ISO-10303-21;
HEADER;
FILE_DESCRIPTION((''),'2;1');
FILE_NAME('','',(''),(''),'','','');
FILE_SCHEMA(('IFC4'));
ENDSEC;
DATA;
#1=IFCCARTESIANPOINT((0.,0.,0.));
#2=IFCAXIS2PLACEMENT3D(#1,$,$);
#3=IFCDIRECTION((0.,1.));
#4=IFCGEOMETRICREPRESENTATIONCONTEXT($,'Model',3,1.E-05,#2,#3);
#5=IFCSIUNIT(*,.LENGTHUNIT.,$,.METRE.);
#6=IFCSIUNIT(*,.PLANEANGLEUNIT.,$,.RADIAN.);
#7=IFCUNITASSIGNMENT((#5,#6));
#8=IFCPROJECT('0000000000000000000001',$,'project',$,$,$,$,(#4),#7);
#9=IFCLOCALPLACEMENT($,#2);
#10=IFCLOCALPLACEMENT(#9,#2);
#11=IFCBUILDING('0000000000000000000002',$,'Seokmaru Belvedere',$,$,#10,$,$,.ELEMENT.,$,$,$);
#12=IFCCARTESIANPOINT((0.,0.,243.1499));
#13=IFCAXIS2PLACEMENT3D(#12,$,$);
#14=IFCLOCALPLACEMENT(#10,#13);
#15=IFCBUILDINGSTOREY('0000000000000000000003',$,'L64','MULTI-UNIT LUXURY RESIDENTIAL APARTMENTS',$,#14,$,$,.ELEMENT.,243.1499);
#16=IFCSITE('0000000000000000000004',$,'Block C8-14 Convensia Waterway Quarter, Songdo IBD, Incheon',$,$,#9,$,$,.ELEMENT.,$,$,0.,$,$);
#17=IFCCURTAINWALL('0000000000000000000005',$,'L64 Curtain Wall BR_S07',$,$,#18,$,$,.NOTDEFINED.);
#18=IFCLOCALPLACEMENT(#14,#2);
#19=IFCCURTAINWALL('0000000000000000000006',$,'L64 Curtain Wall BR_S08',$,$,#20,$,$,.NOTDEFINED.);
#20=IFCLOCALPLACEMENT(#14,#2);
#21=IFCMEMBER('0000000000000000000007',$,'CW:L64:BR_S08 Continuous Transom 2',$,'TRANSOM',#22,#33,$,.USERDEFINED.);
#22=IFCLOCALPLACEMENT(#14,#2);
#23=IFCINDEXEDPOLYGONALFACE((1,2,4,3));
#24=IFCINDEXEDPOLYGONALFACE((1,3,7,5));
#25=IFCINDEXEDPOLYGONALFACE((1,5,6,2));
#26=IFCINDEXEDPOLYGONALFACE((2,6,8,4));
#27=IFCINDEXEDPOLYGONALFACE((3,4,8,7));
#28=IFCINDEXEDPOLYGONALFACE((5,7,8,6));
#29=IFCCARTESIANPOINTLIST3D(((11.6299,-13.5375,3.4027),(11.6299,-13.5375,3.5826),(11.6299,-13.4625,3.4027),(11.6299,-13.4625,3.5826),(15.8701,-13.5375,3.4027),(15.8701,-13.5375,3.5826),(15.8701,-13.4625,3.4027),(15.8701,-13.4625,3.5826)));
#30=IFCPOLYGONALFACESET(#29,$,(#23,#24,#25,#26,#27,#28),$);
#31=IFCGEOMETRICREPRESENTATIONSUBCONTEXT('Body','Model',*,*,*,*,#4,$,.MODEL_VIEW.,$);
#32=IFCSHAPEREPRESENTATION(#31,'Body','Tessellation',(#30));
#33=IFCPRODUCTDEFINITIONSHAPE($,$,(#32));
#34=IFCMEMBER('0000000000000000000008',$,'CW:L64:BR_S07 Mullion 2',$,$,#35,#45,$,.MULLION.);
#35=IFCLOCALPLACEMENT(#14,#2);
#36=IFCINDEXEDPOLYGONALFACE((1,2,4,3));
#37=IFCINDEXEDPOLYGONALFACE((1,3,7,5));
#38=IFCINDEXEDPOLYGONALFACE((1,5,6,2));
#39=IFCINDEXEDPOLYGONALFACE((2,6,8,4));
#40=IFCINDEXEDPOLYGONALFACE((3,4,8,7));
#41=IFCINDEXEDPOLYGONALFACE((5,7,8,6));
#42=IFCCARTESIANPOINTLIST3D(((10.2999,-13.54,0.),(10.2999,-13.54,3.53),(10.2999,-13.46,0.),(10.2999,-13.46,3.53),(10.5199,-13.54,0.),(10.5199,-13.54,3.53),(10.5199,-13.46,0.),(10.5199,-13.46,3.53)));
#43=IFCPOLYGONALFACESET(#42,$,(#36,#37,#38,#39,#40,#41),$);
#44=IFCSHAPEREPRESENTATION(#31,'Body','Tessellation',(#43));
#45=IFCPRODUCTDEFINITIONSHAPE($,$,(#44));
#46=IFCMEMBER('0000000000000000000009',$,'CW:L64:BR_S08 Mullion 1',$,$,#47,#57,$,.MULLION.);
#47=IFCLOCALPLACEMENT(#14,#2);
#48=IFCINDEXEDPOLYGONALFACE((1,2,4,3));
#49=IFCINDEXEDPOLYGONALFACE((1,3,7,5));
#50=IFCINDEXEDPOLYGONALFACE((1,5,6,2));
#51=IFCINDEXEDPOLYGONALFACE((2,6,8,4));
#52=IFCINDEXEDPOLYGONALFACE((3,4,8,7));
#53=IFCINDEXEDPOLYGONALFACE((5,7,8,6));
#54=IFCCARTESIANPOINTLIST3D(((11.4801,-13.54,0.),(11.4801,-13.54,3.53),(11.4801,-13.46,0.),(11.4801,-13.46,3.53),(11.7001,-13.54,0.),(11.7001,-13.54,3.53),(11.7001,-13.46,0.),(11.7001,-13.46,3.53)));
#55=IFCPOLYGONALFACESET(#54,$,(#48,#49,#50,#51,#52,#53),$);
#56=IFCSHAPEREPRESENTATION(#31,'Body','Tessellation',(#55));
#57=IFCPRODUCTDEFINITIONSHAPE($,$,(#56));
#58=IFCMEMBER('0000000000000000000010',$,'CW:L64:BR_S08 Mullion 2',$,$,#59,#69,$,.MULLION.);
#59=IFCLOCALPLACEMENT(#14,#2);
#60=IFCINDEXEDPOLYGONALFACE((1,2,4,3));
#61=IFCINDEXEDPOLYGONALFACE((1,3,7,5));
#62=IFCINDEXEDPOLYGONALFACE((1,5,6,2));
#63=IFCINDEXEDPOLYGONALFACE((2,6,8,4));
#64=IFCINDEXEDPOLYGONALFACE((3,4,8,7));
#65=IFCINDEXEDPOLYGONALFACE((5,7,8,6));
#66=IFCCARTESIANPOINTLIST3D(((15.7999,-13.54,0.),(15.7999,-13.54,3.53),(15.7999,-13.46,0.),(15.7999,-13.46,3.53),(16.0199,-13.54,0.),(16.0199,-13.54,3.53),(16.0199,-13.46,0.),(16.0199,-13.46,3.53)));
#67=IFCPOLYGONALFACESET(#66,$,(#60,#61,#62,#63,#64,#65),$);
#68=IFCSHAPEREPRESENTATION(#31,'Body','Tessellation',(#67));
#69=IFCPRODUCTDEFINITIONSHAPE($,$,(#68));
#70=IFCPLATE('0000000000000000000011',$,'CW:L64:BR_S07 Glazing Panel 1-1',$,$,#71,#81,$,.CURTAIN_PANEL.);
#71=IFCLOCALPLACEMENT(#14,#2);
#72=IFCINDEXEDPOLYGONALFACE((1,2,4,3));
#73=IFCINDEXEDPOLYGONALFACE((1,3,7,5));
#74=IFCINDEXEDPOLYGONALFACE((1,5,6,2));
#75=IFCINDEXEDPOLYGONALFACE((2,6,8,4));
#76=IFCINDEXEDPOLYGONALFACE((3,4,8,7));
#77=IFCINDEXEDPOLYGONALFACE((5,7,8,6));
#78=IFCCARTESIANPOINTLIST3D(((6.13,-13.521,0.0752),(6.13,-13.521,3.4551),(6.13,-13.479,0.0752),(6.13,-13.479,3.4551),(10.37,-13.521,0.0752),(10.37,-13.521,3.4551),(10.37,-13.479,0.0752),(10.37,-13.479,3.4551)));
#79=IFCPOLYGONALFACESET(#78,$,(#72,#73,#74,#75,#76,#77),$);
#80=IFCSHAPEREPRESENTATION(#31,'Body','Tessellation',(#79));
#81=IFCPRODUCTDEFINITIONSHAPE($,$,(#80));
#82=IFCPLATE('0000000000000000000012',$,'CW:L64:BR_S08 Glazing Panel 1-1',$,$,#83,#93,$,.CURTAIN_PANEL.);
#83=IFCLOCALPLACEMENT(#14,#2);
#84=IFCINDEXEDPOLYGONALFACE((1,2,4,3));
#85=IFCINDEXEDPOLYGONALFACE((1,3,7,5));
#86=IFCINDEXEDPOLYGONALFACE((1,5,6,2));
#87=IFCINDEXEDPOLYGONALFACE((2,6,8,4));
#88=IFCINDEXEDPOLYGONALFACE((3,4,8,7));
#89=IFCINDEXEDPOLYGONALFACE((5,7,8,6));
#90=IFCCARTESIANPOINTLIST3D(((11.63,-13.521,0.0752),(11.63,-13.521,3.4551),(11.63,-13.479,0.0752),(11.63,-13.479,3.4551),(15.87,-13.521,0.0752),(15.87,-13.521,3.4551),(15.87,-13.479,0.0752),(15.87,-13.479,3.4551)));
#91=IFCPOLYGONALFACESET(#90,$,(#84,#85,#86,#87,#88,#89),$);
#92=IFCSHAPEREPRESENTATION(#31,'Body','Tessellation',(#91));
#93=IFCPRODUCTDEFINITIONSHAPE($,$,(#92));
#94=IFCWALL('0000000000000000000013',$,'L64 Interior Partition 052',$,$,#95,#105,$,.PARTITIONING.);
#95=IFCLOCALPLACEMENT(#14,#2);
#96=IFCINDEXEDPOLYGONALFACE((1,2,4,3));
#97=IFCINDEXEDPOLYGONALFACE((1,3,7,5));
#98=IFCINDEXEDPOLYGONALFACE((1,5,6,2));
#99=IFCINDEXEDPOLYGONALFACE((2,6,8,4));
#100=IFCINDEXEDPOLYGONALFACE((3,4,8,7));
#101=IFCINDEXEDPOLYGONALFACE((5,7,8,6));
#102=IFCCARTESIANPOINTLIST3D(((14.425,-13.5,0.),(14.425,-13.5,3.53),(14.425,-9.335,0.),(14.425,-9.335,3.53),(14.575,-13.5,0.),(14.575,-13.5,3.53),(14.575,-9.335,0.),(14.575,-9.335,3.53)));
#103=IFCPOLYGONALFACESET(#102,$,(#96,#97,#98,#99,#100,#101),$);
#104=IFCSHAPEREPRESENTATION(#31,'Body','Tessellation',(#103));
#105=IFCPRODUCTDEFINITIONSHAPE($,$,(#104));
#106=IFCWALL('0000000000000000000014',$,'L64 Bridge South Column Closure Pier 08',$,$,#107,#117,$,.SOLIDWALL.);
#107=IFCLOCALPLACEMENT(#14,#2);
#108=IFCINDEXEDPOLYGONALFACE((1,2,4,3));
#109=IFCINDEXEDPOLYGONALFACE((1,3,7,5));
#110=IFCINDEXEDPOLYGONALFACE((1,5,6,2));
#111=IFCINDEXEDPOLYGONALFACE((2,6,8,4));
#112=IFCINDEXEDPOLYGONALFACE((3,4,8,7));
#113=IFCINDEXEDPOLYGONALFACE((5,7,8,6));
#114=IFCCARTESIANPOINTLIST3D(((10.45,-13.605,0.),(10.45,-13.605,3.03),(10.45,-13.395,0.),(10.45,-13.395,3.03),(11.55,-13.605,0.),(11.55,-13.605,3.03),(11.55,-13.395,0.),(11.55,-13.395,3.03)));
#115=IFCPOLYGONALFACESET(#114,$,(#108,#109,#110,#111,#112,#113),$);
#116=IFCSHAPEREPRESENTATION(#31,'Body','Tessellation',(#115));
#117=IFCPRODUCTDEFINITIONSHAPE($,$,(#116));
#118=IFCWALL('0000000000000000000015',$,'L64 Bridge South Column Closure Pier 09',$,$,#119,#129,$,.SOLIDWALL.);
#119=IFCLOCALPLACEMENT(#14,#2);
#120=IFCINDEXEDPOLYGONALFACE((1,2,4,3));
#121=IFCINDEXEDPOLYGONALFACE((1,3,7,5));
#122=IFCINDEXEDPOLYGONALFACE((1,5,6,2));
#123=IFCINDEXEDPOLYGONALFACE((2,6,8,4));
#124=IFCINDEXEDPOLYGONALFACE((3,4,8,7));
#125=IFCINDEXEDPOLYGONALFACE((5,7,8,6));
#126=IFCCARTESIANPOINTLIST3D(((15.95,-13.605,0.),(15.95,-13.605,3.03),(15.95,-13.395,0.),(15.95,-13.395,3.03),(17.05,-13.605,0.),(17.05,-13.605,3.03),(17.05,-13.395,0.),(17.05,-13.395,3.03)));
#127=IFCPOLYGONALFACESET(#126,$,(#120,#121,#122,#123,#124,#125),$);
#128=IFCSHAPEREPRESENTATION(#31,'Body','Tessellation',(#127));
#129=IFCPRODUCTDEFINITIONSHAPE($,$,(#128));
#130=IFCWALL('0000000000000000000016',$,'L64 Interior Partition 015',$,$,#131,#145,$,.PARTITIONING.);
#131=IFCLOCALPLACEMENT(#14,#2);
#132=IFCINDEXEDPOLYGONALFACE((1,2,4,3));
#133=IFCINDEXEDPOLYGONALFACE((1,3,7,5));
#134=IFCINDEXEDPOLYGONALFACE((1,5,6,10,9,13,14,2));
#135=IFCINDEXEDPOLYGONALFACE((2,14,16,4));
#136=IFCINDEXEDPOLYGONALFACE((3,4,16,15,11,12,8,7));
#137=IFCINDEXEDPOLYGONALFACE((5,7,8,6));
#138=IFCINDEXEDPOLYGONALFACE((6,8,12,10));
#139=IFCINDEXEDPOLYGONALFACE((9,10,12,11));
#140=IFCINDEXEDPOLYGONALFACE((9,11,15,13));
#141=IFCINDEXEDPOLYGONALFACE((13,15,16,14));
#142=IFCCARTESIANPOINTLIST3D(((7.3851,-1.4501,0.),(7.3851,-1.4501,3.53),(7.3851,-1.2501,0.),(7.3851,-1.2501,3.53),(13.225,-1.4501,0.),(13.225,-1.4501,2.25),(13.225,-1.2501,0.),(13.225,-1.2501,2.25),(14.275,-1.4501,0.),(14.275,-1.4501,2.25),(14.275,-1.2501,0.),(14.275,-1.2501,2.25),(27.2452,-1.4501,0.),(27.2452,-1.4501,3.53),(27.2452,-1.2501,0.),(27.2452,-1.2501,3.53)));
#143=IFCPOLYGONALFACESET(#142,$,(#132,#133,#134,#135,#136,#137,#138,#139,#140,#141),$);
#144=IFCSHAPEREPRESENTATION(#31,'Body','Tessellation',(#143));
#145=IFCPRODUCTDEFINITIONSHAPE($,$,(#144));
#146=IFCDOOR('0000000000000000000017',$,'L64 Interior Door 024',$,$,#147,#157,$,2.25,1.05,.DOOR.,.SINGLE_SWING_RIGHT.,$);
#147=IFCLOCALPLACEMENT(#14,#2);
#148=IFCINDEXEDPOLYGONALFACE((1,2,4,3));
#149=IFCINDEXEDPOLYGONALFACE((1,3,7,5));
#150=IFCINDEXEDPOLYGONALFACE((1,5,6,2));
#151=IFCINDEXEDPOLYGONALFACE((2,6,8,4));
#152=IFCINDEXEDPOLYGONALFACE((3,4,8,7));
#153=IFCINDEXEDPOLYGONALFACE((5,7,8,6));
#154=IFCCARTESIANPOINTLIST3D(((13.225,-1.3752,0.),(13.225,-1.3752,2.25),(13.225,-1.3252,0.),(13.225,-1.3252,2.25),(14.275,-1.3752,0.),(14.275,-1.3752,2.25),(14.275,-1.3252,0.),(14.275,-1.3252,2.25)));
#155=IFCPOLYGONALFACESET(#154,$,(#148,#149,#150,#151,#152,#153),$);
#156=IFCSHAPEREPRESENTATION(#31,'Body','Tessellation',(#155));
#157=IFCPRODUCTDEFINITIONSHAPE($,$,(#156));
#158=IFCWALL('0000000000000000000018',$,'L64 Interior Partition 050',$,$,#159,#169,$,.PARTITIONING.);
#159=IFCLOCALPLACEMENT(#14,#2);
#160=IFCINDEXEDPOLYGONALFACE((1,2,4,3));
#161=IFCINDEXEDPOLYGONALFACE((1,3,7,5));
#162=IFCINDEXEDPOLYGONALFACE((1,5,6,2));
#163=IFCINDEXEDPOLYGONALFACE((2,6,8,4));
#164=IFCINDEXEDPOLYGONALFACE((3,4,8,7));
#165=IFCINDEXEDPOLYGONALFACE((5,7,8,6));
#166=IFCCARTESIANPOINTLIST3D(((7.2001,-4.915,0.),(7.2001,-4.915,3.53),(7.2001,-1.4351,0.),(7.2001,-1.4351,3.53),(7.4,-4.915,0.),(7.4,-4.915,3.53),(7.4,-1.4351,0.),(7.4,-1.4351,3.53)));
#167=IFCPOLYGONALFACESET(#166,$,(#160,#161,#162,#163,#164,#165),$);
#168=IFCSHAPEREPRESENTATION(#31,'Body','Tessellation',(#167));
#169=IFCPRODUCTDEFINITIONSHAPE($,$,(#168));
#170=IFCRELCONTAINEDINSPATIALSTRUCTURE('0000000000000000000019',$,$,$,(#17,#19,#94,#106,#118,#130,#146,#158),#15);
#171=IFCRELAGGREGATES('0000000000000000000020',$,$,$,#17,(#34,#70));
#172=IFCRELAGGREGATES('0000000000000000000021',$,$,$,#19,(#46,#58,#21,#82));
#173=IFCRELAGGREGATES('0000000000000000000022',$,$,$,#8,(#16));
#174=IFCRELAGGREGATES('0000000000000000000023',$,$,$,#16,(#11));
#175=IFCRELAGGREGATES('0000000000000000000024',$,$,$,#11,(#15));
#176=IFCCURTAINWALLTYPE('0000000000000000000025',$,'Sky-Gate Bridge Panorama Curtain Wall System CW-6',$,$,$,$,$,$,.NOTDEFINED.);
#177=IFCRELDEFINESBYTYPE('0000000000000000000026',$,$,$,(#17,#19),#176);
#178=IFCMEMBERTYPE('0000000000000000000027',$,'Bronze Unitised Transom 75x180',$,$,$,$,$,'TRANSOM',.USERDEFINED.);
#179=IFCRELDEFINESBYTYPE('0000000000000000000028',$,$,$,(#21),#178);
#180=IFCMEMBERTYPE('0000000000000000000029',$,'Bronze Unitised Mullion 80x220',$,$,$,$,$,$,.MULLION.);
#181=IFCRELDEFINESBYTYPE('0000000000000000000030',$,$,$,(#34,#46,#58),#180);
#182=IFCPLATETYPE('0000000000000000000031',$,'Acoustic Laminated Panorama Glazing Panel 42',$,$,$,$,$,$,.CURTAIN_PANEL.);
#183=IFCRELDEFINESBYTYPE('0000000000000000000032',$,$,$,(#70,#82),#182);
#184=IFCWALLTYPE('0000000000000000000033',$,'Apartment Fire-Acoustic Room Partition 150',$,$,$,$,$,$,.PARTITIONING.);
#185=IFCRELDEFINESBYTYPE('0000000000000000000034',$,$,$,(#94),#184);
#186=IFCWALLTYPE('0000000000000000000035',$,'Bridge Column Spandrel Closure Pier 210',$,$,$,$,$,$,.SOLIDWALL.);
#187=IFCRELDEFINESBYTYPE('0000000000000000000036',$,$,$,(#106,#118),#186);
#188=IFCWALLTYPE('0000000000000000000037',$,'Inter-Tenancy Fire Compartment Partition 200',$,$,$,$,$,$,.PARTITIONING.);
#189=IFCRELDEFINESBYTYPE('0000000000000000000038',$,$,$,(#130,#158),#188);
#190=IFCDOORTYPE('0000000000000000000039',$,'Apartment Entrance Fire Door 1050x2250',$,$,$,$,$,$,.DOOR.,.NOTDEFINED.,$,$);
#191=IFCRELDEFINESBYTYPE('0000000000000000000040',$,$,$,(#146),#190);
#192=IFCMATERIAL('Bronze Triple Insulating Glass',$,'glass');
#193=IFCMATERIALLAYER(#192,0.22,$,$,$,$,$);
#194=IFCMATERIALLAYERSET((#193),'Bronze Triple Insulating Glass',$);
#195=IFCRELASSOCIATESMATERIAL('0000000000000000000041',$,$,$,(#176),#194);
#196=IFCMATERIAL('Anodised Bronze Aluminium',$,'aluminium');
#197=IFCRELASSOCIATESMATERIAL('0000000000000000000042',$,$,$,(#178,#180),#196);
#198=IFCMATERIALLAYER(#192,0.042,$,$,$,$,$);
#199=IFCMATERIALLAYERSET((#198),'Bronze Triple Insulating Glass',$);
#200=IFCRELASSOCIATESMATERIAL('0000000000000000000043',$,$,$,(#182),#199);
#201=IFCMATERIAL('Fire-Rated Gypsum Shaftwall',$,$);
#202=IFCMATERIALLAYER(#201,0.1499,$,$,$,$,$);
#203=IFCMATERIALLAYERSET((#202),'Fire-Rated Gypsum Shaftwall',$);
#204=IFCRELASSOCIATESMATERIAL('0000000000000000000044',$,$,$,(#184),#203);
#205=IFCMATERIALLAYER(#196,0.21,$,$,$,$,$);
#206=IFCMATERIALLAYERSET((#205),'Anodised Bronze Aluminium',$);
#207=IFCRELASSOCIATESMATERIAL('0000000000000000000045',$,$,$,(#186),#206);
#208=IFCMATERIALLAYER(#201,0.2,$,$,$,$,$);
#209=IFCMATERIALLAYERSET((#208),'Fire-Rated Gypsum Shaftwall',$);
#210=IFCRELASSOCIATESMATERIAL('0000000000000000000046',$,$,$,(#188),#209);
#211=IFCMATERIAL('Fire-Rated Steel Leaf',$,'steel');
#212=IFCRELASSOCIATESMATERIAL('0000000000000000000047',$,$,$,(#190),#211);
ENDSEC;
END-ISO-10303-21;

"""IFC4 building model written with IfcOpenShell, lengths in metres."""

from ifc_helpers import new_model, si_unit, direction, frame, frame_2d, origin, origin_2d, place, context, subcontext, project, spatial, rectangle, extrude, source, transform, mapped, material, layer, layer_set, material_profile, profile_set, type_object, type_shapes, element, fill, aggregate, save


model = new_model("IFC4")

# Units and contexts
model_context = context("Model", 3, precision=1e-05, world=origin(), true_north=direction((0.0, 1.0)))
body_context = subcontext(model_context, "Body", "Model", "MODEL_VIEW")
ifc_project = project(units=[si_unit("LENGTHUNIT", "METRE"), si_unit("PLANEANGLEUNIT", "RADIAN")], contexts=[model_context])

# Site, building, storey
site_placement = place(None, origin())
site = spatial("IfcSite", under=ifc_project, at=site_placement, Name="Block C8-14 Convensia Waterway Quarter, Songdo IBD, Incheon", CompositionType="ELEMENT", RefElevation=0.0)
building_placement = place(site_placement, origin())
building = spatial("IfcBuilding", under=site, at=building_placement, Name="Seokmaru Belvedere", CompositionType="ELEMENT")
storey_placement = place(building_placement, frame((0.0, 0.0, 243.1499)))
storey = spatial("IfcBuildingStorey", under=building, at=storey_placement, Name="L64", Description="MULTI-UNIT LUXURY RESIDENTIAL APARTMENTS", CompositionType="ELEMENT", Elevation=243.1499)

# Curtain walls, member
ifc_material_1 = material(Name="Bronze Triple Insulating Glass", Category="glass")
ifc_layer_1 = layer(ifc_material_1, 0.22)
ifc_layer_set_1 = layer_set([ifc_layer_1], Name="Bronze Triple Insulating Glass")
curtain_wall_type = type_object("IfcCurtainWallType", Name="Sky-Gate Bridge Panorama Curtain Wall System CW-6", PredefinedType="NOTDEFINED", material=ifc_layer_set_1)
curtain_wall_1_placement = place(storey_placement, origin())
curtain_wall_1 = element("IfcCurtainWall", 1, at=curtain_wall_1_placement, inside=storey, type_object=curtain_wall_type, Name="L64 Curtain Wall BR_S07", PredefinedType="NOTDEFINED")
ifc_material_2 = material(Name="Anodised Bronze Aluminium", Category="aluminium")
ifc_material_profile_1 = material_profile(ifc_material_2, rectangle(XDim=0.075, YDim=0.1799, at=origin_2d()), Name="CW-T-75x180")
ifc_profile_set_1 = profile_set([ifc_material_profile_1], Name="Anodised Bronze Aluminium")
member_type_1 = type_object("IfcMemberType", Name="Bronze Unitised Transom 75x180", ElementType="TRANSOM", PredefinedType="USERDEFINED", material=ifc_profile_set_1)
shared_shape_1 = source(origin(), body_context, "Body", "SweptSolid", [
    extrude(rectangle(XDim=0.075, YDim=0.1799, at=origin_2d()), origin(), (0.0, 0.0, 1.0), 4.2402),
])
type_shapes(member_type_1, [shared_shape_1])
curtain_wall_2_placement = place(storey_placement, origin())
curtain_wall_2 = element("IfcCurtainWall", 2, at=curtain_wall_2_placement, inside=storey, type_object=curtain_wall_type, Name="L64 Curtain Wall BR_S08", PredefinedType="NOTDEFINED")
member_1_placement = place(storey_placement, frame((11.6299, -13.5, 3.4927), z_axis=(1.0, 0.0, 0.0), x_axis=(0.0, 1.0, 0.0)))
member_1 = element("IfcMember", 3, at=member_1_placement, type_object=member_type_1, Name="CW:L64:BR_S08 Continuous Transom 2", ObjectType="TRANSOM", PredefinedType="USERDEFINED", context=body_context, shape_type="MappedRepresentation", body=[
    mapped(shared_shape_1, transform((0.0, 0.0, 0.0), scale=1.0)),
])

# Members
ifc_material_profile_2 = material_profile(ifc_material_2, rectangle(XDim=0.0801, YDim=0.22, at=origin_2d()), Name="CW-M-80x220")
ifc_profile_set_2 = profile_set([ifc_material_profile_2], Name="Anodised Bronze Aluminium")
member_type_2 = type_object("IfcMemberType", Name="Bronze Unitised Mullion 80x220", PredefinedType="MULLION", material=ifc_profile_set_2)
shared_shape_2 = source(origin(), body_context, "Body", "SweptSolid", [
    extrude(rectangle(XDim=0.0801, YDim=0.22, at=origin_2d()), origin(), (0.0, 0.0, 1.0), 3.53),
])
type_shapes(member_type_2, [shared_shape_2])
member_2_placement = place(storey_placement, frame((10.4099, -13.5, 0.0), z_axis=(0.0, 0.0, 1.0), x_axis=(0.0, 1.0, 0.0)))
member_2 = element("IfcMember", 4, at=member_2_placement, type_object=member_type_2, Name="CW:L64:BR_S07 Mullion 2", PredefinedType="MULLION", context=body_context, shape_type="MappedRepresentation", body=[
    mapped(shared_shape_2, transform((0.0, 0.0, 0.0), scale=1.0)),
])
member_3_placement = place(storey_placement, frame((11.5901, -13.5, 0.0), z_axis=(0.0, 0.0, 1.0), x_axis=(0.0, 1.0, 0.0)))
member_3 = element("IfcMember", 5, at=member_3_placement, type_object=member_type_2, Name="CW:L64:BR_S08 Mullion 1", PredefinedType="MULLION", context=body_context, shape_type="MappedRepresentation", body=[
    mapped(shared_shape_2, transform((0.0, 0.0, 0.0), scale=1.0)),
])
member_4_placement = place(storey_placement, frame((15.9099, -13.5, 0.0), z_axis=(0.0, 0.0, 1.0), x_axis=(0.0, 1.0, 0.0)))
member_4 = element("IfcMember", 6, at=member_4_placement, type_object=member_type_2, Name="CW:L64:BR_S08 Mullion 2", PredefinedType="MULLION", context=body_context, shape_type="MappedRepresentation", body=[
    mapped(shared_shape_2, transform((0.0, 0.0, 0.0), scale=1.0)),
])

# Plates
ifc_layer_2 = layer(ifc_material_1, 0.042)
ifc_layer_set_2 = layer_set([ifc_layer_2], Name="Bronze Triple Insulating Glass")
plate_type = type_object("IfcPlateType", Name="Acoustic Laminated Panorama Glazing Panel 42", PredefinedType="CURTAIN_PANEL", material=ifc_layer_set_2)
shared_shape_3 = source(origin(), body_context, "Body", "SweptSolid", [
    extrude(rectangle(XDim=4.24, YDim=0.042, at=origin_2d()), origin(), (0.0, 0.0, 1.0), 3.3799),
])
type_shapes(plate_type, [shared_shape_3])
plate_1_placement = place(storey_placement, frame((8.25, -13.5, 0.0752), z_axis=(0.0, 0.0, 1.0), x_axis=(1.0, 0.0, 0.0)))
plate_1 = element("IfcPlate", 7, at=plate_1_placement, type_object=plate_type, Name="CW:L64:BR_S07 Glazing Panel 1-1", PredefinedType="CURTAIN_PANEL", context=body_context, shape_type="MappedRepresentation", body=[
    mapped(shared_shape_3, transform((0.0, 0.0, 0.0), scale=1.0)),
])
aggregate(curtain_wall_1, [member_2, plate_1])
plate_2_placement = place(storey_placement, frame((13.75, -13.5, 0.0752), z_axis=(0.0, 0.0, 1.0), x_axis=(1.0, 0.0, 0.0)))
plate_2 = element("IfcPlate", 8, at=plate_2_placement, type_object=plate_type, Name="CW:L64:BR_S08 Glazing Panel 1-1", PredefinedType="CURTAIN_PANEL", context=body_context, shape_type="MappedRepresentation", body=[
    mapped(shared_shape_3, transform((0.0, 0.0, 0.0), scale=1.0)),
])
aggregate(curtain_wall_2, [member_3, member_4, member_1, plate_2])

# Walls
ifc_material_3 = material(Name="Fire-Rated Gypsum Shaftwall")
ifc_layer_3 = layer(ifc_material_3, 0.1499)
ifc_layer_set_3 = layer_set([ifc_layer_3], Name="Fire-Rated Gypsum Shaftwall")
wall_type_1 = type_object("IfcWallType", Name="Apartment Fire-Acoustic Room Partition 150", PredefinedType="PARTITIONING", material=ifc_layer_set_3)
wall_1_placement = place(storey_placement, frame((14.5, -13.5, 0.0), z_axis=(0.0, 0.0, 1.0), x_axis=(0.0, 1.0, 0.0)))
element("IfcWall", 9, at=wall_1_placement, inside=storey, type_object=wall_type_1, Name="L64 Interior Partition 052", PredefinedType="PARTITIONING", context=body_context, shape_type="SweptSolid", body=[
    extrude(rectangle(XDim=4.165, YDim=0.1499, at=frame_2d((2.0825, 0.0))), origin(), (0.0, 0.0, 1.0), 3.53),
])
ifc_layer_4 = layer(ifc_material_2, 0.21)
ifc_layer_set_4 = layer_set([ifc_layer_4], Name="Anodised Bronze Aluminium")
wall_type_2 = type_object("IfcWallType", Name="Bridge Column Spandrel Closure Pier 210", PredefinedType="SOLIDWALL", material=ifc_layer_set_4)
for number, where, z_axis, x_axis, name in (
    (10, (10.45, -13.5, 0.0), (0.0, 0.0, 1.0), (1.0, 0.0, 0.0), "L64 Bridge South Column Closure Pier 08"),
    (11, (15.95, -13.5, 0.0), (0.0, 0.0, 1.0), (1.0, 0.0, 0.0), "L64 Bridge South Column Closure Pier 09"),
):
    element("IfcWall", number, at=place(storey_placement, frame(where, z_axis=z_axis, x_axis=x_axis)), inside=storey, type_object=wall_type_2, Name=name, PredefinedType="SOLIDWALL", context=body_context, shape_type="SweptSolid", body=[
        extrude(rectangle(XDim=1.1001, YDim=0.21, at=frame_2d((0.55, 0.0))), origin(), (0.0, 0.0, 1.0), 3.03),
    ])

# Wall, opening, door
ifc_layer_5 = layer(ifc_material_3, 0.2)
ifc_layer_set_5 = layer_set([ifc_layer_5], Name="Fire-Rated Gypsum Shaftwall")
wall_type_3 = type_object("IfcWallType", Name="Inter-Tenancy Fire Compartment Partition 200", PredefinedType="PARTITIONING", material=ifc_layer_set_5)
wall_2_placement = place(storey_placement, frame((7.385, -1.3501, 0.0), z_axis=(0.0, 0.0, 1.0), x_axis=(1.0, 0.0, 0.0)))
wall_2 = element("IfcWall", 12, at=wall_2_placement, inside=storey, type_object=wall_type_3, Name="L64 Interior Partition 015", PredefinedType="PARTITIONING", context=body_context, shape_type="SweptSolid", body=[
    extrude(rectangle(XDim=19.8601, YDim=0.2, at=frame_2d((9.9302, 0.0))), origin(), (0.0, 0.0, 1.0), 3.53),
])
opening_placement = place(wall_2_placement, frame((5.8401, 0.0, 0.0)))
opening = element("IfcOpeningElement", 13, at=opening_placement, cuts=wall_2, PredefinedType="OPENING", context=body_context, shape_type="SweptSolid", body=[
    extrude(rectangle(XDim=1.05, YDim=2.25, at=frame_2d((0.5249, 1.125))), frame((0.0, 0.1099, 0.0), z_axis=(0.0, -1.0, 0.0), x_axis=(1.0, 0.0, 0.0)), (0.0, 0.0, 1.0), 0.22),
])
ifc_material_4 = material(Name="Fire-Rated Steel Leaf", Category="steel")
door_type = type_object("IfcDoorType", Name="Apartment Entrance Fire Door 1050x2250", OperationType="NOTDEFINED", PredefinedType="DOOR", material=ifc_material_4)
shared_shape_4 = source(origin(), body_context, "Body", "SweptSolid", [
    extrude(rectangle(XDim=1.05, YDim=2.25, at=frame_2d((0.5249, 1.125))), frame((0.0, 0.0249, 0.0), z_axis=(0.0, -1.0, 0.0), x_axis=(1.0, 0.0, 0.0)), (0.0, 0.0, 1.0), 0.05),
])
type_shapes(door_type, [shared_shape_4])
door_placement = place(opening_placement, origin())
door = element("IfcDoor", 14, at=door_placement, inside=storey, type_object=door_type, Name="L64 Interior Door 024", OperationType="SINGLE_SWING_RIGHT", OverallHeight=2.25, OverallWidth=1.05, PredefinedType="DOOR", context=body_context, shape_type="MappedRepresentation", body=[
    mapped(shared_shape_4, transform((0.0, 0.0, 0.0), scale=1.0)),
])
fill(opening, door)

# Wall
wall_3_placement = place(storey_placement, frame((7.3, -4.915, 0.0), z_axis=(0.0, 0.0, 1.0), x_axis=(0.0, 1.0, 0.0)))
element("IfcWall", 15, at=wall_3_placement, inside=storey, type_object=wall_type_3, Name="L64 Interior Partition 050", PredefinedType="PARTITIONING", context=body_context, shape_type="SweptSolid", body=[
    extrude(rectangle(XDim=3.48, YDim=0.2, at=frame_2d((1.74, 0.0))), origin(), (0.0, 0.0, 1.0), 3.53),
])

save(model, "model.ifc")
